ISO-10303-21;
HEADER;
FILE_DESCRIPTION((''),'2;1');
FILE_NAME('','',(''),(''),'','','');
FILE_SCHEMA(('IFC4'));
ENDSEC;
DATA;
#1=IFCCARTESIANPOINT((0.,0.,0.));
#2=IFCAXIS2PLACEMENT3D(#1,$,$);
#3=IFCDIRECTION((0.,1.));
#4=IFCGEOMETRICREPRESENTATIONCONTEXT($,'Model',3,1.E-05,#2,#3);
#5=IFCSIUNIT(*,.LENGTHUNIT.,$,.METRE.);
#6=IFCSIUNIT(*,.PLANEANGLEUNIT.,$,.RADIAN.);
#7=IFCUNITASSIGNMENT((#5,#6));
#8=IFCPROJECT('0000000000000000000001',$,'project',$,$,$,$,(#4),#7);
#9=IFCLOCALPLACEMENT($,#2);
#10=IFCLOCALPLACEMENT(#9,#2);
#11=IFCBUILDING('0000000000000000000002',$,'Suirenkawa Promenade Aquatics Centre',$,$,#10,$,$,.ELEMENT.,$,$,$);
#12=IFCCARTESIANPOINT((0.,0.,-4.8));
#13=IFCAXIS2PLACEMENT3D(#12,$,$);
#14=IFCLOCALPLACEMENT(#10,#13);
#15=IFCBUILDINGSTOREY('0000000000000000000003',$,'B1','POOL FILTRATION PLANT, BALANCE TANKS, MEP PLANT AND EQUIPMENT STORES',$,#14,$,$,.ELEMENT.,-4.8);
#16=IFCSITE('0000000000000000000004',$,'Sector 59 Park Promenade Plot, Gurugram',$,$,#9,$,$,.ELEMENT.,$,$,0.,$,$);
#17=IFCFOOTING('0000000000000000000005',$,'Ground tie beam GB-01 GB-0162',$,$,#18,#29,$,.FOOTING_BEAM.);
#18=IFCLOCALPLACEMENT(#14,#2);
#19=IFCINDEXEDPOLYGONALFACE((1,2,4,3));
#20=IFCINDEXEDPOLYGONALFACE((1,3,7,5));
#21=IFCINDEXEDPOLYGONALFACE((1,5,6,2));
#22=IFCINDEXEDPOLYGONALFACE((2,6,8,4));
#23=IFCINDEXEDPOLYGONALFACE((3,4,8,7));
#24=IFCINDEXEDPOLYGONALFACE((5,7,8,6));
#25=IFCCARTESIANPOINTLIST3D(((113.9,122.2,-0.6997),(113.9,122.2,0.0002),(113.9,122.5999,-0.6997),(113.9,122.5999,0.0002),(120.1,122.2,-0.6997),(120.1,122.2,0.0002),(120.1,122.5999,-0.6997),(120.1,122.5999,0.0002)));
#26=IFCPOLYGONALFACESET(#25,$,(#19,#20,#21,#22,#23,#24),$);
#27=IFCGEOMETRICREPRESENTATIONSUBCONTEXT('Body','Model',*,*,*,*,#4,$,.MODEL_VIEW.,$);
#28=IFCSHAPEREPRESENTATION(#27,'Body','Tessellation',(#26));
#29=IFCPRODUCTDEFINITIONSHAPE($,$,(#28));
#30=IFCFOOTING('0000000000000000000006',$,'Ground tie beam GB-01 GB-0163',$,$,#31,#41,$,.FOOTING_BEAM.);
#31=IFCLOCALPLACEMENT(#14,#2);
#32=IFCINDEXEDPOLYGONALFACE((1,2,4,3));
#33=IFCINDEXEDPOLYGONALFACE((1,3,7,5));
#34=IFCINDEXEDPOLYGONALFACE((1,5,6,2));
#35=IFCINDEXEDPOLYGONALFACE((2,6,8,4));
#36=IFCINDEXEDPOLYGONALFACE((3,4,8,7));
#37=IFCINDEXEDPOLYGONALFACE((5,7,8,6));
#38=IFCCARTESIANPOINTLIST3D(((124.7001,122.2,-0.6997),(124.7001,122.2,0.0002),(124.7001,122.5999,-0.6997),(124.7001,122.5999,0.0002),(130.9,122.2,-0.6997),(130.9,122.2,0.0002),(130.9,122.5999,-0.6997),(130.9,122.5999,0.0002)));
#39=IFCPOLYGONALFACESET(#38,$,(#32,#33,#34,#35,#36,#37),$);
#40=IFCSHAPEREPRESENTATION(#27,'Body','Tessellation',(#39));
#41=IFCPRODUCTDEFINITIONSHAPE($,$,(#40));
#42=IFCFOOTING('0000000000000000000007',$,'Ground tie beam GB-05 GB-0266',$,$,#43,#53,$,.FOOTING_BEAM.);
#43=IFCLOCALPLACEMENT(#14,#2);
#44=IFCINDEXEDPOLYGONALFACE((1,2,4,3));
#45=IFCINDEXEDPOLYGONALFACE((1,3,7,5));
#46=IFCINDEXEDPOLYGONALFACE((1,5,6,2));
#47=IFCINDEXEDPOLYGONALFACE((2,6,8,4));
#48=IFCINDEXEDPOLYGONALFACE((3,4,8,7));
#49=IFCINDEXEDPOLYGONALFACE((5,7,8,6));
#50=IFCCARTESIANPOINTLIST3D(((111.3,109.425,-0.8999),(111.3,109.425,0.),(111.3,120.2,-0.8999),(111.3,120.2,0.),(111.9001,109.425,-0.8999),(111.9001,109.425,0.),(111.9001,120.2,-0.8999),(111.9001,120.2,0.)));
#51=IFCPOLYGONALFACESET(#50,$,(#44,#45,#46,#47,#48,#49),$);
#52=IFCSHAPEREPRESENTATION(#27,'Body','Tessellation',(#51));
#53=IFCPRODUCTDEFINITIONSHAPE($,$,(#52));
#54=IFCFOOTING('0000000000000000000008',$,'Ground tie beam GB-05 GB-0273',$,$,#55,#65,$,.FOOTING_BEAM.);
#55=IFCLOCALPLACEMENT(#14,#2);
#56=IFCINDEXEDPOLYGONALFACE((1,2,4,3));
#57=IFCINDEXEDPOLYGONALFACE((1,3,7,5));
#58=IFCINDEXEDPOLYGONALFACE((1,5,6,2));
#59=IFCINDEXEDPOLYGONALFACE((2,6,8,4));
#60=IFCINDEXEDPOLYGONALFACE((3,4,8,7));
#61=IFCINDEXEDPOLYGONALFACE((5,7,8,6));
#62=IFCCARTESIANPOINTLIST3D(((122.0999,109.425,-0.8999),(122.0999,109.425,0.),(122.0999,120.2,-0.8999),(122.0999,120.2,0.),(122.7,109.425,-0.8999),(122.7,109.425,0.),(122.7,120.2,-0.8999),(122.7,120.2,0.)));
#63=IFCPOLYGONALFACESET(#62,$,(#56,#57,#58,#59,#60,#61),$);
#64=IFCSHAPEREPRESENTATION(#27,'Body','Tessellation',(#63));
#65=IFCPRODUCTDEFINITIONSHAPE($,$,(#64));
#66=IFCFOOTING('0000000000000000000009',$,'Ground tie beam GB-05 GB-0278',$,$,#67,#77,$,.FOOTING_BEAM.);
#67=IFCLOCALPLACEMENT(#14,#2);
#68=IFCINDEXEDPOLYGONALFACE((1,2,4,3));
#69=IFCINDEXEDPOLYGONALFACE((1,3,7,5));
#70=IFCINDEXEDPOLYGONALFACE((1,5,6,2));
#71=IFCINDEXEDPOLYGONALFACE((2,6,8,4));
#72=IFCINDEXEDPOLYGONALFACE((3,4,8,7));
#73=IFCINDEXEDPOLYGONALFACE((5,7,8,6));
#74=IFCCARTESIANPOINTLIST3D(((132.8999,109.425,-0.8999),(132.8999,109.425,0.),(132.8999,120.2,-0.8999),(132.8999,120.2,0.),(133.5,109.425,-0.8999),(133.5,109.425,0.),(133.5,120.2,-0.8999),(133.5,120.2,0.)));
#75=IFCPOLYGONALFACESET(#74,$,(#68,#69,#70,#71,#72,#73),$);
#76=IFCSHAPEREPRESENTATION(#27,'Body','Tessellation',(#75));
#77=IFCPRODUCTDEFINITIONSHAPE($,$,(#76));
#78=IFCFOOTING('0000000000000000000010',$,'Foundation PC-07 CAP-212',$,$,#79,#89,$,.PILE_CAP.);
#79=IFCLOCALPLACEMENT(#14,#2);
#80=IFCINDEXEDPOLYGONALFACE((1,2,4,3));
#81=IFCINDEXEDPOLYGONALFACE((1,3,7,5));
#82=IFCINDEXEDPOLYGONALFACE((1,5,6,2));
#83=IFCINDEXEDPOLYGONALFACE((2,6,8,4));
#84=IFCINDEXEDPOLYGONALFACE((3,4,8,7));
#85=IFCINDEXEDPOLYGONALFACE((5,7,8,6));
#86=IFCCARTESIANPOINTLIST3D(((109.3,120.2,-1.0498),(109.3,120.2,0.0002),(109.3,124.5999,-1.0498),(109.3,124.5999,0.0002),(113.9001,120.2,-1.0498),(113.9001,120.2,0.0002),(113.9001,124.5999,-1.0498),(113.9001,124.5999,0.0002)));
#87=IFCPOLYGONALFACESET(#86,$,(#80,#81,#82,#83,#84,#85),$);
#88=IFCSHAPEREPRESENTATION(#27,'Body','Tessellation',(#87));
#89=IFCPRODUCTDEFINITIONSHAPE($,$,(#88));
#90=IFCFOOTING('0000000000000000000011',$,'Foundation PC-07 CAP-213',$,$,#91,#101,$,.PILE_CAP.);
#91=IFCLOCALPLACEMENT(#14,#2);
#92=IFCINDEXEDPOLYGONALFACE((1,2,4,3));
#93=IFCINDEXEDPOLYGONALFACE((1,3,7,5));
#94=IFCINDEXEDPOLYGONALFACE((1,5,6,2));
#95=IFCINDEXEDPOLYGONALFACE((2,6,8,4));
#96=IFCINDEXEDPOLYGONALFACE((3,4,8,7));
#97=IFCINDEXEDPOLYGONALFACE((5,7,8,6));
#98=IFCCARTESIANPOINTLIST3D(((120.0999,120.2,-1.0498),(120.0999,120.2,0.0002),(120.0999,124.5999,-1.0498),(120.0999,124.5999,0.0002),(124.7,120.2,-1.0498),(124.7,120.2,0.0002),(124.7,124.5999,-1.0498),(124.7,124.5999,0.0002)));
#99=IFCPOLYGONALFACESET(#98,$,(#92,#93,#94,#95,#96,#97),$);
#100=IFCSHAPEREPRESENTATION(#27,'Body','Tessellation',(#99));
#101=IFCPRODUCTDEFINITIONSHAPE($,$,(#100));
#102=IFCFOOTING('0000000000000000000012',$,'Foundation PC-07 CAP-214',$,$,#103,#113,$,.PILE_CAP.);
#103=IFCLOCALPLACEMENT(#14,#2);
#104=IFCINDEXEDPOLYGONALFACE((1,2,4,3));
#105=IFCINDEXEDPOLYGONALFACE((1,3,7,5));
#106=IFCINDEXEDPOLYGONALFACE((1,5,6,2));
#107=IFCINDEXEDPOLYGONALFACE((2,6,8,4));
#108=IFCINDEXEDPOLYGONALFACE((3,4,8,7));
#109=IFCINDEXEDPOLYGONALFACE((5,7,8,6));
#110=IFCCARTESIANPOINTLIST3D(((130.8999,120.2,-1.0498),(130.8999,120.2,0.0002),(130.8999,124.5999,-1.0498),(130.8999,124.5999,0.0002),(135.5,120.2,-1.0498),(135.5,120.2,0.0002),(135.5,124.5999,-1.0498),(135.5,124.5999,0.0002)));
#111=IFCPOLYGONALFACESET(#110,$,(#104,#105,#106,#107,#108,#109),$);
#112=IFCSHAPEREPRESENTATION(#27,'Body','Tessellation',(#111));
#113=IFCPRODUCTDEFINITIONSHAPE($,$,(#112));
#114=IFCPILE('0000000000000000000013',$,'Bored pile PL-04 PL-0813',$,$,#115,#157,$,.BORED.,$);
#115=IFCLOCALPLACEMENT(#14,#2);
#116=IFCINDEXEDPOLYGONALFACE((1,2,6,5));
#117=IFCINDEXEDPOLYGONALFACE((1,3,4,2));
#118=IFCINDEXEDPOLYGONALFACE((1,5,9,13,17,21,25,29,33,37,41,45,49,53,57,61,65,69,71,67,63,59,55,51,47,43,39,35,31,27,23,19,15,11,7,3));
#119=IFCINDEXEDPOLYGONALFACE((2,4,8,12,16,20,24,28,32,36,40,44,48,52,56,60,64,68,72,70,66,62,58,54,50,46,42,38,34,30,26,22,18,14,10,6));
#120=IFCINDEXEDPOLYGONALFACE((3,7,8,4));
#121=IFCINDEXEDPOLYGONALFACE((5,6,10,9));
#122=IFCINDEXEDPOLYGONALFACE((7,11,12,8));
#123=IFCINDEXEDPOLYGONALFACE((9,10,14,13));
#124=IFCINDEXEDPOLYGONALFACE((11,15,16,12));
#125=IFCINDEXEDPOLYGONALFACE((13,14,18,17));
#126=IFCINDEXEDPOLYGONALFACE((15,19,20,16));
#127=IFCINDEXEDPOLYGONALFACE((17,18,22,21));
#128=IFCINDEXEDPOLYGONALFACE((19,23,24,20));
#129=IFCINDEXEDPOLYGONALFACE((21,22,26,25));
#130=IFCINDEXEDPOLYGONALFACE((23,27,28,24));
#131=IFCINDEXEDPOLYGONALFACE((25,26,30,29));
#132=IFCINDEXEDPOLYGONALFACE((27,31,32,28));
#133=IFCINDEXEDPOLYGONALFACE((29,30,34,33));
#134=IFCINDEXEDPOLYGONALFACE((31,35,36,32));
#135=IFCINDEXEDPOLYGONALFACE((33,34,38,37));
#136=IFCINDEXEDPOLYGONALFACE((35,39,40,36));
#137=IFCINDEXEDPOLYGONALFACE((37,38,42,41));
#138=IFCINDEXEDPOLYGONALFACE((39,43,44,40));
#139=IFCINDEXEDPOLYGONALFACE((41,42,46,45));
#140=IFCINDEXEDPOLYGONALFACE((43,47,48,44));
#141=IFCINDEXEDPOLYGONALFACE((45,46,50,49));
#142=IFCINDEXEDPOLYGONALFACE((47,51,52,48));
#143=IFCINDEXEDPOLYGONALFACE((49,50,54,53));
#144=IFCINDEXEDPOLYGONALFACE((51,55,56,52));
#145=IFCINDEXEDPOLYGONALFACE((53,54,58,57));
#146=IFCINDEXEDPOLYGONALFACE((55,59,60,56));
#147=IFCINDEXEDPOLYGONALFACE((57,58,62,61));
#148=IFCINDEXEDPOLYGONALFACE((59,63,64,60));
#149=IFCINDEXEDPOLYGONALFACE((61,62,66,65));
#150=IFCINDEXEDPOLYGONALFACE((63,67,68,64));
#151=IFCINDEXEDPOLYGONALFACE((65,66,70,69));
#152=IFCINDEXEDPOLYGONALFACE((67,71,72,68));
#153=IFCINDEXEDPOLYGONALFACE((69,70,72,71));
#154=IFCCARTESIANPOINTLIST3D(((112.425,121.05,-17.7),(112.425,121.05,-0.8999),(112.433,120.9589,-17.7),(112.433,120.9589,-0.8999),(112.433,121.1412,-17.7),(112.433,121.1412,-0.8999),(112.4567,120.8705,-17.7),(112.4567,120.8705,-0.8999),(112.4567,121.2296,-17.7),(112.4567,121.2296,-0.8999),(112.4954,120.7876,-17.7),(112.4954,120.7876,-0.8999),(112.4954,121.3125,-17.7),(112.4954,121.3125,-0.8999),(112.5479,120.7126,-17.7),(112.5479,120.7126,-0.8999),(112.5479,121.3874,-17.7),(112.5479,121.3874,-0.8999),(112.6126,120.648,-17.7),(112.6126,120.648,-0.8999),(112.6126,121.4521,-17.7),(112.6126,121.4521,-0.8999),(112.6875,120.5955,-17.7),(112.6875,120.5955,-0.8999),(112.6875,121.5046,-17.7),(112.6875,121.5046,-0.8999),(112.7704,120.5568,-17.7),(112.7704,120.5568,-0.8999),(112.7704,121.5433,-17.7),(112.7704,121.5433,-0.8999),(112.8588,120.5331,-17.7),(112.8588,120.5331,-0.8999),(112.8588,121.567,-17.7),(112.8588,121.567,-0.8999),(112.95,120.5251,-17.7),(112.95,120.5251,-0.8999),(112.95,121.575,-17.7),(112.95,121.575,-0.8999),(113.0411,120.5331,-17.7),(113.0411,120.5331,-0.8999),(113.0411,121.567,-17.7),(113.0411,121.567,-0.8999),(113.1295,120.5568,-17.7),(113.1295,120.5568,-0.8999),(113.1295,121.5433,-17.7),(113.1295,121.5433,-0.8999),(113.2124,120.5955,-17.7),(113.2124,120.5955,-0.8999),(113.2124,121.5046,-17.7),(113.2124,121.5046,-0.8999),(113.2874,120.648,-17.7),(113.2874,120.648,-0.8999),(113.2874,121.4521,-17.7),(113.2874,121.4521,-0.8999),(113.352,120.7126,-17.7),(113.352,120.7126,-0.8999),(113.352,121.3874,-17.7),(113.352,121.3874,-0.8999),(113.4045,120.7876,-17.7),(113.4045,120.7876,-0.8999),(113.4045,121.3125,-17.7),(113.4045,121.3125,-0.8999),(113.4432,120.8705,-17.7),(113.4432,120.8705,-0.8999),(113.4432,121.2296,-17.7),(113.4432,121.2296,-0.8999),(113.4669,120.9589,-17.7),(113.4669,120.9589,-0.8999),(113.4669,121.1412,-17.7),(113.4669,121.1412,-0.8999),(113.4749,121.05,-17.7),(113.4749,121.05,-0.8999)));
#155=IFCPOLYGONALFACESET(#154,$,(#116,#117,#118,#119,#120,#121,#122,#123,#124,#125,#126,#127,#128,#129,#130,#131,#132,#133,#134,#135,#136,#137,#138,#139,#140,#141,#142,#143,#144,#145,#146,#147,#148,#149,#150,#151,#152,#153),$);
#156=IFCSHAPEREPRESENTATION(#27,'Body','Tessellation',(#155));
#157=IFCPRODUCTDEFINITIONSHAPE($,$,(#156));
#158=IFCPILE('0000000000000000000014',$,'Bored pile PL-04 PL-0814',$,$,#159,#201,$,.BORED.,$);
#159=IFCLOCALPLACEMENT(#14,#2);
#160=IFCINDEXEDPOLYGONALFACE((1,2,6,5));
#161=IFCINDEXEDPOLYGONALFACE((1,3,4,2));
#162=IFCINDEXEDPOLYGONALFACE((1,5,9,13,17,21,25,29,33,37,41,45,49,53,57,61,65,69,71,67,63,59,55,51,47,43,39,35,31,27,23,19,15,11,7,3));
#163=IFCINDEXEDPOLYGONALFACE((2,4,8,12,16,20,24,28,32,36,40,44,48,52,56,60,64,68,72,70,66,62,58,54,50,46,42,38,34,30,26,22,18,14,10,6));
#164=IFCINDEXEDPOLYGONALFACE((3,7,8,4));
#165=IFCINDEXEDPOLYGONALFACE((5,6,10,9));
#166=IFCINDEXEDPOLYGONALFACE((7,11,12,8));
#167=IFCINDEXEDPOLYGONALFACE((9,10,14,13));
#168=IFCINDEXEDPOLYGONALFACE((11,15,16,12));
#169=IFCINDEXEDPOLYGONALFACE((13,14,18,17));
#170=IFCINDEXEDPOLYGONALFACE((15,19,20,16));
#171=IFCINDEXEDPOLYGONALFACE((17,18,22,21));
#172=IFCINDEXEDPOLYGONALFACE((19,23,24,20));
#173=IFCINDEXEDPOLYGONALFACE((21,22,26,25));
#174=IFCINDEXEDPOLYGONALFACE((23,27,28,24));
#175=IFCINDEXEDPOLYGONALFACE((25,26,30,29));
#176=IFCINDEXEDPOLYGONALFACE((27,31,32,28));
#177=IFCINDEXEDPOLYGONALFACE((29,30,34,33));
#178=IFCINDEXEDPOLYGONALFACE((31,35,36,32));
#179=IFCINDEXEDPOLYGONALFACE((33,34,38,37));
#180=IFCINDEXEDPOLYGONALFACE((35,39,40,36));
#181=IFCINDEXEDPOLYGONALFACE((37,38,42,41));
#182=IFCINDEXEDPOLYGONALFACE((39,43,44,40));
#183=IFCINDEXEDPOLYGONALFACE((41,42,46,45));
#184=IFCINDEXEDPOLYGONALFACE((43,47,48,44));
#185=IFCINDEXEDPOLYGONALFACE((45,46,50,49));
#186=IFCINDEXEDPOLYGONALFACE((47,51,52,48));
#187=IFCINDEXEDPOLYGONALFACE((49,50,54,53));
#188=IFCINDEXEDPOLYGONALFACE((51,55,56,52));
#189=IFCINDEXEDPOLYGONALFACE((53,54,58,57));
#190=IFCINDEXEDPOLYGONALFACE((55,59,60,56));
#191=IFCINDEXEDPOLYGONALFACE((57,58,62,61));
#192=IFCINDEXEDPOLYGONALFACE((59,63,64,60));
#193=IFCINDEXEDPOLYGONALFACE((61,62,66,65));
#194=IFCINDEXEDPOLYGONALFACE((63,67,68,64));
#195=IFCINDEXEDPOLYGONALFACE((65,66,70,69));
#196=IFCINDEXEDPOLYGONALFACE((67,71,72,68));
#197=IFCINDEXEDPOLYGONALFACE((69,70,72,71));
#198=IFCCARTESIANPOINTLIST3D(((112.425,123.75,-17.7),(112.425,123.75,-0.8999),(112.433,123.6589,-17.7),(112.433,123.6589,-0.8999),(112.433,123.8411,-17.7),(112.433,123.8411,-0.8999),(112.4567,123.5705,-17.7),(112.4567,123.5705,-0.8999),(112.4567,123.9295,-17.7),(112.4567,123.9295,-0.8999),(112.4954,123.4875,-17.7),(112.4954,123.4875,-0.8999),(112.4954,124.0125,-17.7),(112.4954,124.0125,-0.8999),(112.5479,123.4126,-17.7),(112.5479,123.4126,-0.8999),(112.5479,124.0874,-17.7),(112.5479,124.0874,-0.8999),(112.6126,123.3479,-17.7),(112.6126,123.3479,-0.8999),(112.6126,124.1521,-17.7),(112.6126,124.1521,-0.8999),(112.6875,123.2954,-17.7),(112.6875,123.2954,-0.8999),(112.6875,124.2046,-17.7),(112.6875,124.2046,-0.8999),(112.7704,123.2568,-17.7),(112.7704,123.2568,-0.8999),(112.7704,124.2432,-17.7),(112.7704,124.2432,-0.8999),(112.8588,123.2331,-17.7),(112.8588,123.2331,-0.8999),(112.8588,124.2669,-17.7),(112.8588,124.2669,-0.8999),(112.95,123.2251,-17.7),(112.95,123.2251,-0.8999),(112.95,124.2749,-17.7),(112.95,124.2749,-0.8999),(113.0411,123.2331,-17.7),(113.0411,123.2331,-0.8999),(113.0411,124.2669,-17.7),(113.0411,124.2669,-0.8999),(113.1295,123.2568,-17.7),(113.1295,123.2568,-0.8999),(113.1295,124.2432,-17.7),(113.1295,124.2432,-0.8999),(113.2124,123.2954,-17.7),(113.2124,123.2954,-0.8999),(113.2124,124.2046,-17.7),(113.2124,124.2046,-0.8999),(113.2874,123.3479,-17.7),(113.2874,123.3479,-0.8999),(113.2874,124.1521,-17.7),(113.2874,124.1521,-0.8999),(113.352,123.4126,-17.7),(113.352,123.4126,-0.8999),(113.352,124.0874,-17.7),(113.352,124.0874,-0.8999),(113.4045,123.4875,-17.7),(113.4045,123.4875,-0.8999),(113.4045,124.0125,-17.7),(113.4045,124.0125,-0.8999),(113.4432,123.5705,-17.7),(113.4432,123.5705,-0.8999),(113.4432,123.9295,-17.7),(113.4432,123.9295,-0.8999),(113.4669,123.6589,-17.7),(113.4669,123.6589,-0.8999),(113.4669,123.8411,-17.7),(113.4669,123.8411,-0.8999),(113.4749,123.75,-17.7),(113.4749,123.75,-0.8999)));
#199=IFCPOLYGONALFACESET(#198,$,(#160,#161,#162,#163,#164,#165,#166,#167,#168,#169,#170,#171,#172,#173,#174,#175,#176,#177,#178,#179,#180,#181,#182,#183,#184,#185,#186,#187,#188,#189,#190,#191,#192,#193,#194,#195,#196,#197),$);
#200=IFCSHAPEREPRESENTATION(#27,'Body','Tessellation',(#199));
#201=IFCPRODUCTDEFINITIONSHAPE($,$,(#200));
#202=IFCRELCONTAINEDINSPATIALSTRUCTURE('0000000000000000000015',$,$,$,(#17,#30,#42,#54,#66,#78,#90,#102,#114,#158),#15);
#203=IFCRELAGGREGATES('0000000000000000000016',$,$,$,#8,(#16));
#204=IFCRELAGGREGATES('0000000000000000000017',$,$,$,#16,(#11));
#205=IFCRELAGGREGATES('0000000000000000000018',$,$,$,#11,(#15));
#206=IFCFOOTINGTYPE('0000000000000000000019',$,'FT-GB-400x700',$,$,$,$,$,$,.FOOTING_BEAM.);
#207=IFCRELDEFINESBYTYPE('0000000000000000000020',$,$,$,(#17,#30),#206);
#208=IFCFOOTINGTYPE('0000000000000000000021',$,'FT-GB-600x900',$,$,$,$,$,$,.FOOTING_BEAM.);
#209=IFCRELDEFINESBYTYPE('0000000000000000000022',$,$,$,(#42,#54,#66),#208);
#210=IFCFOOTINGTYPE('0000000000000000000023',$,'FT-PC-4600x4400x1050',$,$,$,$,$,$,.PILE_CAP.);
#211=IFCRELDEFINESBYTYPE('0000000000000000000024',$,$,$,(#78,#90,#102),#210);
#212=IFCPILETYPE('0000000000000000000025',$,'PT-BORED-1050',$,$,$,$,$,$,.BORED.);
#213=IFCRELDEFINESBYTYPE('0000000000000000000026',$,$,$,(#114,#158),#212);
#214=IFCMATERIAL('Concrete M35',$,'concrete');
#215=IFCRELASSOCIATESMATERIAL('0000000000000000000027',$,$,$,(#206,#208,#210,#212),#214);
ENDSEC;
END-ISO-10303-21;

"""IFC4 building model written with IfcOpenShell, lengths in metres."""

from ifc_helpers import new_model, si_unit, direction, frame, origin, origin_2d, place, context, subcontext, project, spatial, rectangle, circle, extrude, material, material_profile, profile_set, type_object, element, save


model = new_model("IFC4")

# Units and contexts
model_context = context("Model", 3, precision=1e-05, world=origin(), true_north=direction((0.0, 1.0)))
body_context = subcontext(model_context, "Body", "Model", "MODEL_VIEW")
ifc_project = project(units=[si_unit("LENGTHUNIT", "METRE"), si_unit("PLANEANGLEUNIT", "RADIAN")], contexts=[model_context])

# Site, building, storey
site_placement = place(None, origin())
site = spatial("IfcSite", under=ifc_project, at=site_placement, Name="Sector 59 Park Promenade Plot, Gurugram", CompositionType="ELEMENT", RefElevation=0.0)
building_placement = place(site_placement, origin())
building = spatial("IfcBuilding", under=site, at=building_placement, Name="Suirenkawa Promenade Aquatics Centre", CompositionType="ELEMENT")
storey_placement = place(building_placement, frame((0.0, 0.0, -4.8)))
storey = spatial("IfcBuildingStorey", under=building, at=storey_placement, Name="B1", Description="POOL FILTRATION PLANT, BALANCE TANKS, MEP PLANT AND EQUIPMENT STORES", CompositionType="ELEMENT", Elevation=-4.8)

# Footings
ifc_material_1 = material(Name="Concrete M35", Category="concrete")
footing_type_1 = type_object("IfcFootingType", Name="FT-GB-400x700", PredefinedType="FOOTING_BEAM", material=ifc_material_1)
for number, where, z_axis, x_axis, name in (
    (1, (117.0, 122.3999, -0.6997), (0.0, 0.0, 1.0), (1.0, 0.0, 0.0), "Ground tie beam GB-01 GB-0162"),
    (2, (127.8, 122.3999, -0.6997), (0.0, 0.0, 1.0), (1.0, 0.0, 0.0), "Ground tie beam GB-01 GB-0163"),
):
    element("IfcFooting", number, at=place(storey_placement, frame(where, z_axis=z_axis, x_axis=x_axis)), inside=storey, type_object=footing_type_1, Name=name, PredefinedType="FOOTING_BEAM", context=body_context, shape_type="SweptSolid", body=[
        extrude(rectangle(XDim=6.2, YDim=0.3999, at=origin_2d()), origin(), (0.0, 0.0, 1.0), 0.7),
    ])
footing_type_2 = type_object("IfcFootingType", Name="FT-GB-600x900", PredefinedType="FOOTING_BEAM", material=ifc_material_1)
for number, where, z_axis, x_axis, name in (
    (3, (111.6001, 114.8125, -0.8999), (0.0, 0.0, 1.0), (0.0, 1.0, 0.0), "Ground tie beam GB-05 GB-0266"),
    (4, (122.3999, 114.8125, -0.8999), (0.0, 0.0, 1.0), (0.0, 1.0, 0.0), "Ground tie beam GB-05 GB-0273"),
    (5, (133.2, 114.8125, -0.8999), (0.0, 0.0, 1.0), (0.0, 1.0, 0.0), "Ground tie beam GB-05 GB-0278"),
):
    element("IfcFooting", number, at=place(storey_placement, frame(where, z_axis=z_axis, x_axis=x_axis)), inside=storey, type_object=footing_type_2, Name=name, PredefinedType="FOOTING_BEAM", context=body_context, shape_type="SweptSolid", body=[
        extrude(rectangle(XDim=10.7749, YDim=0.6001, at=origin_2d()), origin(), (0.0, 0.0, 1.0), 0.8999),
    ])
footing_type_3 = type_object("IfcFootingType", Name="FT-PC-4600x4400x1050", PredefinedType="PILE_CAP", material=ifc_material_1)
for number, where, z_axis, x_axis, name in (
    (6, (111.6001, 122.3999, -1.0498), (0.0, 0.0, 1.0), (1.0, 0.0, 0.0), "Foundation PC-07 CAP-212"),
    (7, (122.3999, 122.3999, -1.0498), (0.0, 0.0, 1.0), (1.0, 0.0, 0.0), "Foundation PC-07 CAP-213"),
    (8, (133.2, 122.3999, -1.0498), (0.0, 0.0, 1.0), (1.0, 0.0, 0.0), "Foundation PC-07 CAP-214"),
):
    element("IfcFooting", number, at=place(storey_placement, frame(where, z_axis=z_axis, x_axis=x_axis)), inside=storey, type_object=footing_type_3, Name=name, PredefinedType="PILE_CAP", context=body_context, shape_type="SweptSolid", body=[
        extrude(rectangle(XDim=4.6001, YDim=4.3999, at=origin_2d()), origin(), (0.0, 0.0, 1.0), 1.05),
    ])

# Piles
ifc_material_profile_1 = material_profile(ifc_material_1, circle(Radius=0.5249, at=origin_2d()), Name="PILE D1050", Category="concrete")
ifc_profile_set_1 = profile_set([ifc_material_profile_1], Name="Concrete M35")
pile_type_1 = type_object("IfcPileType", Name="PT-BORED-1050", PredefinedType="BORED", material=ifc_profile_set_1)
for number, where, z_axis, x_axis, name in (
    (9, (112.95, 121.05, -0.8999), (0.0, 0.0, -1.0), (1.0, 0.0, 0.0), "Bored pile PL-04 PL-0813"),
    (10, (112.95, 123.75, -0.8999), (0.0, 0.0, -1.0), (1.0, 0.0, 0.0), "Bored pile PL-04 PL-0814"),
):
    element("IfcPile", number, at=place(storey_placement, frame(where, z_axis=z_axis, x_axis=x_axis)), inside=storey, type_object=pile_type_1, Name=name, PredefinedType="BORED", context=body_context, shape_type="SweptSolid", body=[
        extrude(circle(Radius=0.5249, at=origin_2d()), origin(), (0.0, 0.0, 1.0), 16.8),
    ])

save(model, "model.ifc")
